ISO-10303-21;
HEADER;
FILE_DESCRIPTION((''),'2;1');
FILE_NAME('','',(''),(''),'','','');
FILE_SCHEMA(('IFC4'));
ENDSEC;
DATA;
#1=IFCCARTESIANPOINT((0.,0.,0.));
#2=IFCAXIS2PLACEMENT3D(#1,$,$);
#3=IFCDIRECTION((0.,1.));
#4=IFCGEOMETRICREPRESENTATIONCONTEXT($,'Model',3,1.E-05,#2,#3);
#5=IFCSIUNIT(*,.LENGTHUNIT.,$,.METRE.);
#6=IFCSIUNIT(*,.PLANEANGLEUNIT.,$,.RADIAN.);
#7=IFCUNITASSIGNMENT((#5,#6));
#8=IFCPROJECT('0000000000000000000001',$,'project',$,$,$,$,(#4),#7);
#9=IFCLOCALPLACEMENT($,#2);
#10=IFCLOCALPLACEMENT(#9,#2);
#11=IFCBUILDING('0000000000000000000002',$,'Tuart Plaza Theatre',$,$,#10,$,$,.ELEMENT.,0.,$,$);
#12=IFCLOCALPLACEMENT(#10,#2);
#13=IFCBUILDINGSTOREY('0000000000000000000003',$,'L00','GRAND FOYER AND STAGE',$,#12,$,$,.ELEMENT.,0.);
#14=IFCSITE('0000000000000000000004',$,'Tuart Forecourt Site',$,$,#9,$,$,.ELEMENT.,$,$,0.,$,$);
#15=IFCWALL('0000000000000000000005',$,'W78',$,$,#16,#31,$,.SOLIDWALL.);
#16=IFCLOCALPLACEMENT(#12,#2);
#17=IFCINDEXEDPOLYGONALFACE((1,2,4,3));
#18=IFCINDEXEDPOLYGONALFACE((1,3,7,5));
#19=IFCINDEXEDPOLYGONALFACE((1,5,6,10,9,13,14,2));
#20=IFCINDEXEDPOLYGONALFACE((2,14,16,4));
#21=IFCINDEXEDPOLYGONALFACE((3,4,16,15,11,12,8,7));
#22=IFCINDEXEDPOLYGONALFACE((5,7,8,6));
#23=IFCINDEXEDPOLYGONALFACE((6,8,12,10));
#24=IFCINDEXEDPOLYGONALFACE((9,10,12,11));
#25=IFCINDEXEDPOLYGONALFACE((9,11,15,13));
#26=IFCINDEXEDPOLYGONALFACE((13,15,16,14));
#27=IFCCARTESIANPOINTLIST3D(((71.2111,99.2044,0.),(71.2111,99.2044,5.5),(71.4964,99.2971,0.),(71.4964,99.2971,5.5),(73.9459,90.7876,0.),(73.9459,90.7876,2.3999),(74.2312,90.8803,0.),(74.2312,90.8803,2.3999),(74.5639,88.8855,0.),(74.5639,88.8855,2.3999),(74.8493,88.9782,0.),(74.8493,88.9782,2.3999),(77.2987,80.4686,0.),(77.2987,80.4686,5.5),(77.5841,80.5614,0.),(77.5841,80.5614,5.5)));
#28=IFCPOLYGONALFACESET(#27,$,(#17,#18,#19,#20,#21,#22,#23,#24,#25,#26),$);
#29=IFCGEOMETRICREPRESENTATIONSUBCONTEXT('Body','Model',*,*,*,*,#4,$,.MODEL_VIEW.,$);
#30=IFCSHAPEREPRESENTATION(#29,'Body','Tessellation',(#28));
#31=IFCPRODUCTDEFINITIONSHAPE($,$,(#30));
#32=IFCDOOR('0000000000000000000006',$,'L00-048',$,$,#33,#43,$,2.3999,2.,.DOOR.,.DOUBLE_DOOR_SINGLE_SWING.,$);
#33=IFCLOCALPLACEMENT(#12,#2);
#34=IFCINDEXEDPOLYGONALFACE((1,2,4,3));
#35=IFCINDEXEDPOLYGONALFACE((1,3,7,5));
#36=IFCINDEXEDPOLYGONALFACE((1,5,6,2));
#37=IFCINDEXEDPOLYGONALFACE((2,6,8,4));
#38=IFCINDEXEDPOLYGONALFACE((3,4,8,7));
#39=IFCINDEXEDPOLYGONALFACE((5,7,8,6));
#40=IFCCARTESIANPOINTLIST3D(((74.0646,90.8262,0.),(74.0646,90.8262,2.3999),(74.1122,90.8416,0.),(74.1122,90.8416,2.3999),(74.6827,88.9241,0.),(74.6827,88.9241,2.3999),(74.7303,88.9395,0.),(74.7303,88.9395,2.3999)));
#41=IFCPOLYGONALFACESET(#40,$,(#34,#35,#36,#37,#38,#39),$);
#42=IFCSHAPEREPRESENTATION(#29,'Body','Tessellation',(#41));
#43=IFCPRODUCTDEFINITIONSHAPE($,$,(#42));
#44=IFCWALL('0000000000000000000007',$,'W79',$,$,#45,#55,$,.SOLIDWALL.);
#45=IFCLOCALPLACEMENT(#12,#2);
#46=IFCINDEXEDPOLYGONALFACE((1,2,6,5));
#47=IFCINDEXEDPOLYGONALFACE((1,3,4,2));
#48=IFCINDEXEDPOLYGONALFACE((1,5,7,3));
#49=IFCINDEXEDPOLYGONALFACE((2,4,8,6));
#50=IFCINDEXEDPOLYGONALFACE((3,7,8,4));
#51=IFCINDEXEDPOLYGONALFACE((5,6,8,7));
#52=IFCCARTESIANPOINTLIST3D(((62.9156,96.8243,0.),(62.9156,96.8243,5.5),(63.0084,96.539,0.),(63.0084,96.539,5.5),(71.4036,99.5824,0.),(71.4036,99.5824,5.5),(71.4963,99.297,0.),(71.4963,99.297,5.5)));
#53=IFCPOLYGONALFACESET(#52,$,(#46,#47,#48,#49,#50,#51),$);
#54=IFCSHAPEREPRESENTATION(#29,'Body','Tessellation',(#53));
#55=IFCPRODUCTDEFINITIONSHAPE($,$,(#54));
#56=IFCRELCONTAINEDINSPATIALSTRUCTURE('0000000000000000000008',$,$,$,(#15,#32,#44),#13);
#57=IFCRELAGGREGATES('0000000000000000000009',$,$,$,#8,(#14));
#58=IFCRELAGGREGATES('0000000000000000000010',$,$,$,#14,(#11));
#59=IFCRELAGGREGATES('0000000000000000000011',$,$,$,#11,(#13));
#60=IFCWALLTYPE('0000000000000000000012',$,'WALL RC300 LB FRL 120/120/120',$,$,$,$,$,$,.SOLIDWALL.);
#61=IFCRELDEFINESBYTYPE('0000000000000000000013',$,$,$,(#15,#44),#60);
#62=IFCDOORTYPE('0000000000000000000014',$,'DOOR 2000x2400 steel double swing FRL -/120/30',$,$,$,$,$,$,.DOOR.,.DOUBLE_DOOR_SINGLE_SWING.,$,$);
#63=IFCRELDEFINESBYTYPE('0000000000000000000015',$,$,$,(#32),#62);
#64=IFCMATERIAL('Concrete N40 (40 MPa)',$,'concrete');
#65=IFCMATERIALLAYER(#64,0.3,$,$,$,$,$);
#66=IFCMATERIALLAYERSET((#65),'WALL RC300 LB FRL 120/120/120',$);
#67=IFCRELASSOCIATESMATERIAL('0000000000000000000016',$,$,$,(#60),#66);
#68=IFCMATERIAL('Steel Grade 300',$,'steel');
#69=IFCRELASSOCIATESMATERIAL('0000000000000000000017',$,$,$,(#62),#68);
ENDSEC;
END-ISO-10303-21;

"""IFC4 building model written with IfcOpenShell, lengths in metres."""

from ifc_helpers import new_model, si_unit, direction, frame, frame_2d, origin, place, context, subcontext, project, spatial, rectangle, extrude, material, layer, layer_set, type_object, element, fill, save


model = new_model("IFC4")

# Units and contexts
model_context = context("Model", 3, precision=1e-05, world=origin(), true_north=direction((0.0, 1.0)))
body_context = subcontext(model_context, "Body", "Model", "MODEL_VIEW")
ifc_project = project(units=[si_unit("LENGTHUNIT", "METRE"), si_unit("PLANEANGLEUNIT", "RADIAN")], contexts=[model_context])

# Site, building, storey
site_placement = place(None, origin())
site = spatial("IfcSite", under=ifc_project, at=site_placement, Name="Tuart Forecourt Site", CompositionType="ELEMENT", RefElevation=0.0)
building_placement = place(site_placement, origin())
building = spatial("IfcBuilding", under=site, at=building_placement, Name="Tuart Plaza Theatre", CompositionType="ELEMENT", ElevationOfRefHeight=0.0)
storey_placement = place(building_placement, origin())
storey = spatial("IfcBuildingStorey", under=building, at=storey_placement, Name="L00", Description="GRAND FOYER AND STAGE", CompositionType="ELEMENT", Elevation=0.0)

# Shared definitions
ifc_material_1 = material(Name="Concrete N40 (40 MPa)", Category="concrete")
ifc_layer_1 = layer(ifc_material_1, 0.3)
ifc_layer_set_1 = layer_set([ifc_layer_1], Name="WALL RC300 LB FRL 120/120/120")
wall_type_1 = type_object("IfcWallType", Name="WALL RC300 LB FRL 120/120/120", PredefinedType="SOLIDWALL", material=ifc_layer_set_1)

# Wall, opening, door
wall_1_placement = place(storey_placement, frame((77.4414, 80.5149, 0.0), z_axis=(0.0, 0.0, 1.0), x_axis=(-0.309017, 0.951056, 0.0)))
wall_1 = element("IfcWall", 1, at=wall_1_placement, inside=storey, type_object=wall_type_1, Name="W78", PredefinedType="SOLIDWALL", context=body_context, shape_type="SweptSolid", body=[
    extrude(rectangle(XDim=19.7, YDim=0.3, at=frame_2d((9.8501, 0.0))), origin(), (0.0, 0.0, 1.0), 5.5),
])
opening_1_placement = place(wall_1_placement, frame((8.8501, 0.0, 0.0)))
opening_1 = element("IfcOpeningElement", 2, at=opening_1_placement, cuts=wall_1, PredefinedType="OPENING", context=body_context, shape_type="SweptSolid", body=[
    extrude(rectangle(XDim=2.0, YDim=2.3999, at=frame_2d((1.0, 1.2))), frame((0.0, 0.1599, 0.0), z_axis=(0.0, -1.0, 0.0), x_axis=(1.0, 0.0, 0.0)), (0.0, 0.0, 1.0), 0.3201),
])
ifc_material_2 = material(Name="Steel Grade 300", Category="steel")
door_type_1 = type_object("IfcDoorType", Name="DOOR 2000x2400 steel double swing FRL -/120/30", OperationType="DOUBLE_DOOR_SINGLE_SWING", PredefinedType="DOOR", material=ifc_material_2)
door_1_placement = place(opening_1_placement, frame((2.0, 0.0, 0.0), z_axis=(0.0, 0.0, 1.0), x_axis=(-1.0, 0.0, 0.0)))
door_1 = element("IfcDoor", 3, at=door_1_placement, inside=storey, type_object=door_type_1, Name="L00-048", OperationType="DOUBLE_DOOR_SINGLE_SWING", OverallHeight=2.3999, OverallWidth=2.0, PredefinedType="DOOR", context=body_context, shape_type="SweptSolid", body=[
    extrude(rectangle(XDim=2.0, YDim=2.3999, at=frame_2d((1.0, 1.2))), frame((0.0, 0.0249, 0.0), z_axis=(0.0, -1.0, 0.0), x_axis=(1.0, 0.0, 0.0)), (0.0, 0.0, 1.0), 0.05),
])
fill(opening_1, door_1)

# Wall
wall_2_placement = place(storey_placement, frame((71.45, 99.4397, 0.0), z_axis=(0.0, 0.0, 1.0), x_axis=(-0.951052, -0.30903, 0.0)))
element("IfcWall", 4, at=wall_2_placement, inside=storey, type_object=wall_type_1, Name="W79", PredefinedType="SOLIDWALL", context=body_context, shape_type="SweptSolid", body=[
    extrude(rectangle(XDim=8.9248, YDim=0.3, at=frame_2d((4.4624, 0.0))), origin(), (0.0, 0.0, 1.0), 5.5),
])

save(model, "model.ifc")
